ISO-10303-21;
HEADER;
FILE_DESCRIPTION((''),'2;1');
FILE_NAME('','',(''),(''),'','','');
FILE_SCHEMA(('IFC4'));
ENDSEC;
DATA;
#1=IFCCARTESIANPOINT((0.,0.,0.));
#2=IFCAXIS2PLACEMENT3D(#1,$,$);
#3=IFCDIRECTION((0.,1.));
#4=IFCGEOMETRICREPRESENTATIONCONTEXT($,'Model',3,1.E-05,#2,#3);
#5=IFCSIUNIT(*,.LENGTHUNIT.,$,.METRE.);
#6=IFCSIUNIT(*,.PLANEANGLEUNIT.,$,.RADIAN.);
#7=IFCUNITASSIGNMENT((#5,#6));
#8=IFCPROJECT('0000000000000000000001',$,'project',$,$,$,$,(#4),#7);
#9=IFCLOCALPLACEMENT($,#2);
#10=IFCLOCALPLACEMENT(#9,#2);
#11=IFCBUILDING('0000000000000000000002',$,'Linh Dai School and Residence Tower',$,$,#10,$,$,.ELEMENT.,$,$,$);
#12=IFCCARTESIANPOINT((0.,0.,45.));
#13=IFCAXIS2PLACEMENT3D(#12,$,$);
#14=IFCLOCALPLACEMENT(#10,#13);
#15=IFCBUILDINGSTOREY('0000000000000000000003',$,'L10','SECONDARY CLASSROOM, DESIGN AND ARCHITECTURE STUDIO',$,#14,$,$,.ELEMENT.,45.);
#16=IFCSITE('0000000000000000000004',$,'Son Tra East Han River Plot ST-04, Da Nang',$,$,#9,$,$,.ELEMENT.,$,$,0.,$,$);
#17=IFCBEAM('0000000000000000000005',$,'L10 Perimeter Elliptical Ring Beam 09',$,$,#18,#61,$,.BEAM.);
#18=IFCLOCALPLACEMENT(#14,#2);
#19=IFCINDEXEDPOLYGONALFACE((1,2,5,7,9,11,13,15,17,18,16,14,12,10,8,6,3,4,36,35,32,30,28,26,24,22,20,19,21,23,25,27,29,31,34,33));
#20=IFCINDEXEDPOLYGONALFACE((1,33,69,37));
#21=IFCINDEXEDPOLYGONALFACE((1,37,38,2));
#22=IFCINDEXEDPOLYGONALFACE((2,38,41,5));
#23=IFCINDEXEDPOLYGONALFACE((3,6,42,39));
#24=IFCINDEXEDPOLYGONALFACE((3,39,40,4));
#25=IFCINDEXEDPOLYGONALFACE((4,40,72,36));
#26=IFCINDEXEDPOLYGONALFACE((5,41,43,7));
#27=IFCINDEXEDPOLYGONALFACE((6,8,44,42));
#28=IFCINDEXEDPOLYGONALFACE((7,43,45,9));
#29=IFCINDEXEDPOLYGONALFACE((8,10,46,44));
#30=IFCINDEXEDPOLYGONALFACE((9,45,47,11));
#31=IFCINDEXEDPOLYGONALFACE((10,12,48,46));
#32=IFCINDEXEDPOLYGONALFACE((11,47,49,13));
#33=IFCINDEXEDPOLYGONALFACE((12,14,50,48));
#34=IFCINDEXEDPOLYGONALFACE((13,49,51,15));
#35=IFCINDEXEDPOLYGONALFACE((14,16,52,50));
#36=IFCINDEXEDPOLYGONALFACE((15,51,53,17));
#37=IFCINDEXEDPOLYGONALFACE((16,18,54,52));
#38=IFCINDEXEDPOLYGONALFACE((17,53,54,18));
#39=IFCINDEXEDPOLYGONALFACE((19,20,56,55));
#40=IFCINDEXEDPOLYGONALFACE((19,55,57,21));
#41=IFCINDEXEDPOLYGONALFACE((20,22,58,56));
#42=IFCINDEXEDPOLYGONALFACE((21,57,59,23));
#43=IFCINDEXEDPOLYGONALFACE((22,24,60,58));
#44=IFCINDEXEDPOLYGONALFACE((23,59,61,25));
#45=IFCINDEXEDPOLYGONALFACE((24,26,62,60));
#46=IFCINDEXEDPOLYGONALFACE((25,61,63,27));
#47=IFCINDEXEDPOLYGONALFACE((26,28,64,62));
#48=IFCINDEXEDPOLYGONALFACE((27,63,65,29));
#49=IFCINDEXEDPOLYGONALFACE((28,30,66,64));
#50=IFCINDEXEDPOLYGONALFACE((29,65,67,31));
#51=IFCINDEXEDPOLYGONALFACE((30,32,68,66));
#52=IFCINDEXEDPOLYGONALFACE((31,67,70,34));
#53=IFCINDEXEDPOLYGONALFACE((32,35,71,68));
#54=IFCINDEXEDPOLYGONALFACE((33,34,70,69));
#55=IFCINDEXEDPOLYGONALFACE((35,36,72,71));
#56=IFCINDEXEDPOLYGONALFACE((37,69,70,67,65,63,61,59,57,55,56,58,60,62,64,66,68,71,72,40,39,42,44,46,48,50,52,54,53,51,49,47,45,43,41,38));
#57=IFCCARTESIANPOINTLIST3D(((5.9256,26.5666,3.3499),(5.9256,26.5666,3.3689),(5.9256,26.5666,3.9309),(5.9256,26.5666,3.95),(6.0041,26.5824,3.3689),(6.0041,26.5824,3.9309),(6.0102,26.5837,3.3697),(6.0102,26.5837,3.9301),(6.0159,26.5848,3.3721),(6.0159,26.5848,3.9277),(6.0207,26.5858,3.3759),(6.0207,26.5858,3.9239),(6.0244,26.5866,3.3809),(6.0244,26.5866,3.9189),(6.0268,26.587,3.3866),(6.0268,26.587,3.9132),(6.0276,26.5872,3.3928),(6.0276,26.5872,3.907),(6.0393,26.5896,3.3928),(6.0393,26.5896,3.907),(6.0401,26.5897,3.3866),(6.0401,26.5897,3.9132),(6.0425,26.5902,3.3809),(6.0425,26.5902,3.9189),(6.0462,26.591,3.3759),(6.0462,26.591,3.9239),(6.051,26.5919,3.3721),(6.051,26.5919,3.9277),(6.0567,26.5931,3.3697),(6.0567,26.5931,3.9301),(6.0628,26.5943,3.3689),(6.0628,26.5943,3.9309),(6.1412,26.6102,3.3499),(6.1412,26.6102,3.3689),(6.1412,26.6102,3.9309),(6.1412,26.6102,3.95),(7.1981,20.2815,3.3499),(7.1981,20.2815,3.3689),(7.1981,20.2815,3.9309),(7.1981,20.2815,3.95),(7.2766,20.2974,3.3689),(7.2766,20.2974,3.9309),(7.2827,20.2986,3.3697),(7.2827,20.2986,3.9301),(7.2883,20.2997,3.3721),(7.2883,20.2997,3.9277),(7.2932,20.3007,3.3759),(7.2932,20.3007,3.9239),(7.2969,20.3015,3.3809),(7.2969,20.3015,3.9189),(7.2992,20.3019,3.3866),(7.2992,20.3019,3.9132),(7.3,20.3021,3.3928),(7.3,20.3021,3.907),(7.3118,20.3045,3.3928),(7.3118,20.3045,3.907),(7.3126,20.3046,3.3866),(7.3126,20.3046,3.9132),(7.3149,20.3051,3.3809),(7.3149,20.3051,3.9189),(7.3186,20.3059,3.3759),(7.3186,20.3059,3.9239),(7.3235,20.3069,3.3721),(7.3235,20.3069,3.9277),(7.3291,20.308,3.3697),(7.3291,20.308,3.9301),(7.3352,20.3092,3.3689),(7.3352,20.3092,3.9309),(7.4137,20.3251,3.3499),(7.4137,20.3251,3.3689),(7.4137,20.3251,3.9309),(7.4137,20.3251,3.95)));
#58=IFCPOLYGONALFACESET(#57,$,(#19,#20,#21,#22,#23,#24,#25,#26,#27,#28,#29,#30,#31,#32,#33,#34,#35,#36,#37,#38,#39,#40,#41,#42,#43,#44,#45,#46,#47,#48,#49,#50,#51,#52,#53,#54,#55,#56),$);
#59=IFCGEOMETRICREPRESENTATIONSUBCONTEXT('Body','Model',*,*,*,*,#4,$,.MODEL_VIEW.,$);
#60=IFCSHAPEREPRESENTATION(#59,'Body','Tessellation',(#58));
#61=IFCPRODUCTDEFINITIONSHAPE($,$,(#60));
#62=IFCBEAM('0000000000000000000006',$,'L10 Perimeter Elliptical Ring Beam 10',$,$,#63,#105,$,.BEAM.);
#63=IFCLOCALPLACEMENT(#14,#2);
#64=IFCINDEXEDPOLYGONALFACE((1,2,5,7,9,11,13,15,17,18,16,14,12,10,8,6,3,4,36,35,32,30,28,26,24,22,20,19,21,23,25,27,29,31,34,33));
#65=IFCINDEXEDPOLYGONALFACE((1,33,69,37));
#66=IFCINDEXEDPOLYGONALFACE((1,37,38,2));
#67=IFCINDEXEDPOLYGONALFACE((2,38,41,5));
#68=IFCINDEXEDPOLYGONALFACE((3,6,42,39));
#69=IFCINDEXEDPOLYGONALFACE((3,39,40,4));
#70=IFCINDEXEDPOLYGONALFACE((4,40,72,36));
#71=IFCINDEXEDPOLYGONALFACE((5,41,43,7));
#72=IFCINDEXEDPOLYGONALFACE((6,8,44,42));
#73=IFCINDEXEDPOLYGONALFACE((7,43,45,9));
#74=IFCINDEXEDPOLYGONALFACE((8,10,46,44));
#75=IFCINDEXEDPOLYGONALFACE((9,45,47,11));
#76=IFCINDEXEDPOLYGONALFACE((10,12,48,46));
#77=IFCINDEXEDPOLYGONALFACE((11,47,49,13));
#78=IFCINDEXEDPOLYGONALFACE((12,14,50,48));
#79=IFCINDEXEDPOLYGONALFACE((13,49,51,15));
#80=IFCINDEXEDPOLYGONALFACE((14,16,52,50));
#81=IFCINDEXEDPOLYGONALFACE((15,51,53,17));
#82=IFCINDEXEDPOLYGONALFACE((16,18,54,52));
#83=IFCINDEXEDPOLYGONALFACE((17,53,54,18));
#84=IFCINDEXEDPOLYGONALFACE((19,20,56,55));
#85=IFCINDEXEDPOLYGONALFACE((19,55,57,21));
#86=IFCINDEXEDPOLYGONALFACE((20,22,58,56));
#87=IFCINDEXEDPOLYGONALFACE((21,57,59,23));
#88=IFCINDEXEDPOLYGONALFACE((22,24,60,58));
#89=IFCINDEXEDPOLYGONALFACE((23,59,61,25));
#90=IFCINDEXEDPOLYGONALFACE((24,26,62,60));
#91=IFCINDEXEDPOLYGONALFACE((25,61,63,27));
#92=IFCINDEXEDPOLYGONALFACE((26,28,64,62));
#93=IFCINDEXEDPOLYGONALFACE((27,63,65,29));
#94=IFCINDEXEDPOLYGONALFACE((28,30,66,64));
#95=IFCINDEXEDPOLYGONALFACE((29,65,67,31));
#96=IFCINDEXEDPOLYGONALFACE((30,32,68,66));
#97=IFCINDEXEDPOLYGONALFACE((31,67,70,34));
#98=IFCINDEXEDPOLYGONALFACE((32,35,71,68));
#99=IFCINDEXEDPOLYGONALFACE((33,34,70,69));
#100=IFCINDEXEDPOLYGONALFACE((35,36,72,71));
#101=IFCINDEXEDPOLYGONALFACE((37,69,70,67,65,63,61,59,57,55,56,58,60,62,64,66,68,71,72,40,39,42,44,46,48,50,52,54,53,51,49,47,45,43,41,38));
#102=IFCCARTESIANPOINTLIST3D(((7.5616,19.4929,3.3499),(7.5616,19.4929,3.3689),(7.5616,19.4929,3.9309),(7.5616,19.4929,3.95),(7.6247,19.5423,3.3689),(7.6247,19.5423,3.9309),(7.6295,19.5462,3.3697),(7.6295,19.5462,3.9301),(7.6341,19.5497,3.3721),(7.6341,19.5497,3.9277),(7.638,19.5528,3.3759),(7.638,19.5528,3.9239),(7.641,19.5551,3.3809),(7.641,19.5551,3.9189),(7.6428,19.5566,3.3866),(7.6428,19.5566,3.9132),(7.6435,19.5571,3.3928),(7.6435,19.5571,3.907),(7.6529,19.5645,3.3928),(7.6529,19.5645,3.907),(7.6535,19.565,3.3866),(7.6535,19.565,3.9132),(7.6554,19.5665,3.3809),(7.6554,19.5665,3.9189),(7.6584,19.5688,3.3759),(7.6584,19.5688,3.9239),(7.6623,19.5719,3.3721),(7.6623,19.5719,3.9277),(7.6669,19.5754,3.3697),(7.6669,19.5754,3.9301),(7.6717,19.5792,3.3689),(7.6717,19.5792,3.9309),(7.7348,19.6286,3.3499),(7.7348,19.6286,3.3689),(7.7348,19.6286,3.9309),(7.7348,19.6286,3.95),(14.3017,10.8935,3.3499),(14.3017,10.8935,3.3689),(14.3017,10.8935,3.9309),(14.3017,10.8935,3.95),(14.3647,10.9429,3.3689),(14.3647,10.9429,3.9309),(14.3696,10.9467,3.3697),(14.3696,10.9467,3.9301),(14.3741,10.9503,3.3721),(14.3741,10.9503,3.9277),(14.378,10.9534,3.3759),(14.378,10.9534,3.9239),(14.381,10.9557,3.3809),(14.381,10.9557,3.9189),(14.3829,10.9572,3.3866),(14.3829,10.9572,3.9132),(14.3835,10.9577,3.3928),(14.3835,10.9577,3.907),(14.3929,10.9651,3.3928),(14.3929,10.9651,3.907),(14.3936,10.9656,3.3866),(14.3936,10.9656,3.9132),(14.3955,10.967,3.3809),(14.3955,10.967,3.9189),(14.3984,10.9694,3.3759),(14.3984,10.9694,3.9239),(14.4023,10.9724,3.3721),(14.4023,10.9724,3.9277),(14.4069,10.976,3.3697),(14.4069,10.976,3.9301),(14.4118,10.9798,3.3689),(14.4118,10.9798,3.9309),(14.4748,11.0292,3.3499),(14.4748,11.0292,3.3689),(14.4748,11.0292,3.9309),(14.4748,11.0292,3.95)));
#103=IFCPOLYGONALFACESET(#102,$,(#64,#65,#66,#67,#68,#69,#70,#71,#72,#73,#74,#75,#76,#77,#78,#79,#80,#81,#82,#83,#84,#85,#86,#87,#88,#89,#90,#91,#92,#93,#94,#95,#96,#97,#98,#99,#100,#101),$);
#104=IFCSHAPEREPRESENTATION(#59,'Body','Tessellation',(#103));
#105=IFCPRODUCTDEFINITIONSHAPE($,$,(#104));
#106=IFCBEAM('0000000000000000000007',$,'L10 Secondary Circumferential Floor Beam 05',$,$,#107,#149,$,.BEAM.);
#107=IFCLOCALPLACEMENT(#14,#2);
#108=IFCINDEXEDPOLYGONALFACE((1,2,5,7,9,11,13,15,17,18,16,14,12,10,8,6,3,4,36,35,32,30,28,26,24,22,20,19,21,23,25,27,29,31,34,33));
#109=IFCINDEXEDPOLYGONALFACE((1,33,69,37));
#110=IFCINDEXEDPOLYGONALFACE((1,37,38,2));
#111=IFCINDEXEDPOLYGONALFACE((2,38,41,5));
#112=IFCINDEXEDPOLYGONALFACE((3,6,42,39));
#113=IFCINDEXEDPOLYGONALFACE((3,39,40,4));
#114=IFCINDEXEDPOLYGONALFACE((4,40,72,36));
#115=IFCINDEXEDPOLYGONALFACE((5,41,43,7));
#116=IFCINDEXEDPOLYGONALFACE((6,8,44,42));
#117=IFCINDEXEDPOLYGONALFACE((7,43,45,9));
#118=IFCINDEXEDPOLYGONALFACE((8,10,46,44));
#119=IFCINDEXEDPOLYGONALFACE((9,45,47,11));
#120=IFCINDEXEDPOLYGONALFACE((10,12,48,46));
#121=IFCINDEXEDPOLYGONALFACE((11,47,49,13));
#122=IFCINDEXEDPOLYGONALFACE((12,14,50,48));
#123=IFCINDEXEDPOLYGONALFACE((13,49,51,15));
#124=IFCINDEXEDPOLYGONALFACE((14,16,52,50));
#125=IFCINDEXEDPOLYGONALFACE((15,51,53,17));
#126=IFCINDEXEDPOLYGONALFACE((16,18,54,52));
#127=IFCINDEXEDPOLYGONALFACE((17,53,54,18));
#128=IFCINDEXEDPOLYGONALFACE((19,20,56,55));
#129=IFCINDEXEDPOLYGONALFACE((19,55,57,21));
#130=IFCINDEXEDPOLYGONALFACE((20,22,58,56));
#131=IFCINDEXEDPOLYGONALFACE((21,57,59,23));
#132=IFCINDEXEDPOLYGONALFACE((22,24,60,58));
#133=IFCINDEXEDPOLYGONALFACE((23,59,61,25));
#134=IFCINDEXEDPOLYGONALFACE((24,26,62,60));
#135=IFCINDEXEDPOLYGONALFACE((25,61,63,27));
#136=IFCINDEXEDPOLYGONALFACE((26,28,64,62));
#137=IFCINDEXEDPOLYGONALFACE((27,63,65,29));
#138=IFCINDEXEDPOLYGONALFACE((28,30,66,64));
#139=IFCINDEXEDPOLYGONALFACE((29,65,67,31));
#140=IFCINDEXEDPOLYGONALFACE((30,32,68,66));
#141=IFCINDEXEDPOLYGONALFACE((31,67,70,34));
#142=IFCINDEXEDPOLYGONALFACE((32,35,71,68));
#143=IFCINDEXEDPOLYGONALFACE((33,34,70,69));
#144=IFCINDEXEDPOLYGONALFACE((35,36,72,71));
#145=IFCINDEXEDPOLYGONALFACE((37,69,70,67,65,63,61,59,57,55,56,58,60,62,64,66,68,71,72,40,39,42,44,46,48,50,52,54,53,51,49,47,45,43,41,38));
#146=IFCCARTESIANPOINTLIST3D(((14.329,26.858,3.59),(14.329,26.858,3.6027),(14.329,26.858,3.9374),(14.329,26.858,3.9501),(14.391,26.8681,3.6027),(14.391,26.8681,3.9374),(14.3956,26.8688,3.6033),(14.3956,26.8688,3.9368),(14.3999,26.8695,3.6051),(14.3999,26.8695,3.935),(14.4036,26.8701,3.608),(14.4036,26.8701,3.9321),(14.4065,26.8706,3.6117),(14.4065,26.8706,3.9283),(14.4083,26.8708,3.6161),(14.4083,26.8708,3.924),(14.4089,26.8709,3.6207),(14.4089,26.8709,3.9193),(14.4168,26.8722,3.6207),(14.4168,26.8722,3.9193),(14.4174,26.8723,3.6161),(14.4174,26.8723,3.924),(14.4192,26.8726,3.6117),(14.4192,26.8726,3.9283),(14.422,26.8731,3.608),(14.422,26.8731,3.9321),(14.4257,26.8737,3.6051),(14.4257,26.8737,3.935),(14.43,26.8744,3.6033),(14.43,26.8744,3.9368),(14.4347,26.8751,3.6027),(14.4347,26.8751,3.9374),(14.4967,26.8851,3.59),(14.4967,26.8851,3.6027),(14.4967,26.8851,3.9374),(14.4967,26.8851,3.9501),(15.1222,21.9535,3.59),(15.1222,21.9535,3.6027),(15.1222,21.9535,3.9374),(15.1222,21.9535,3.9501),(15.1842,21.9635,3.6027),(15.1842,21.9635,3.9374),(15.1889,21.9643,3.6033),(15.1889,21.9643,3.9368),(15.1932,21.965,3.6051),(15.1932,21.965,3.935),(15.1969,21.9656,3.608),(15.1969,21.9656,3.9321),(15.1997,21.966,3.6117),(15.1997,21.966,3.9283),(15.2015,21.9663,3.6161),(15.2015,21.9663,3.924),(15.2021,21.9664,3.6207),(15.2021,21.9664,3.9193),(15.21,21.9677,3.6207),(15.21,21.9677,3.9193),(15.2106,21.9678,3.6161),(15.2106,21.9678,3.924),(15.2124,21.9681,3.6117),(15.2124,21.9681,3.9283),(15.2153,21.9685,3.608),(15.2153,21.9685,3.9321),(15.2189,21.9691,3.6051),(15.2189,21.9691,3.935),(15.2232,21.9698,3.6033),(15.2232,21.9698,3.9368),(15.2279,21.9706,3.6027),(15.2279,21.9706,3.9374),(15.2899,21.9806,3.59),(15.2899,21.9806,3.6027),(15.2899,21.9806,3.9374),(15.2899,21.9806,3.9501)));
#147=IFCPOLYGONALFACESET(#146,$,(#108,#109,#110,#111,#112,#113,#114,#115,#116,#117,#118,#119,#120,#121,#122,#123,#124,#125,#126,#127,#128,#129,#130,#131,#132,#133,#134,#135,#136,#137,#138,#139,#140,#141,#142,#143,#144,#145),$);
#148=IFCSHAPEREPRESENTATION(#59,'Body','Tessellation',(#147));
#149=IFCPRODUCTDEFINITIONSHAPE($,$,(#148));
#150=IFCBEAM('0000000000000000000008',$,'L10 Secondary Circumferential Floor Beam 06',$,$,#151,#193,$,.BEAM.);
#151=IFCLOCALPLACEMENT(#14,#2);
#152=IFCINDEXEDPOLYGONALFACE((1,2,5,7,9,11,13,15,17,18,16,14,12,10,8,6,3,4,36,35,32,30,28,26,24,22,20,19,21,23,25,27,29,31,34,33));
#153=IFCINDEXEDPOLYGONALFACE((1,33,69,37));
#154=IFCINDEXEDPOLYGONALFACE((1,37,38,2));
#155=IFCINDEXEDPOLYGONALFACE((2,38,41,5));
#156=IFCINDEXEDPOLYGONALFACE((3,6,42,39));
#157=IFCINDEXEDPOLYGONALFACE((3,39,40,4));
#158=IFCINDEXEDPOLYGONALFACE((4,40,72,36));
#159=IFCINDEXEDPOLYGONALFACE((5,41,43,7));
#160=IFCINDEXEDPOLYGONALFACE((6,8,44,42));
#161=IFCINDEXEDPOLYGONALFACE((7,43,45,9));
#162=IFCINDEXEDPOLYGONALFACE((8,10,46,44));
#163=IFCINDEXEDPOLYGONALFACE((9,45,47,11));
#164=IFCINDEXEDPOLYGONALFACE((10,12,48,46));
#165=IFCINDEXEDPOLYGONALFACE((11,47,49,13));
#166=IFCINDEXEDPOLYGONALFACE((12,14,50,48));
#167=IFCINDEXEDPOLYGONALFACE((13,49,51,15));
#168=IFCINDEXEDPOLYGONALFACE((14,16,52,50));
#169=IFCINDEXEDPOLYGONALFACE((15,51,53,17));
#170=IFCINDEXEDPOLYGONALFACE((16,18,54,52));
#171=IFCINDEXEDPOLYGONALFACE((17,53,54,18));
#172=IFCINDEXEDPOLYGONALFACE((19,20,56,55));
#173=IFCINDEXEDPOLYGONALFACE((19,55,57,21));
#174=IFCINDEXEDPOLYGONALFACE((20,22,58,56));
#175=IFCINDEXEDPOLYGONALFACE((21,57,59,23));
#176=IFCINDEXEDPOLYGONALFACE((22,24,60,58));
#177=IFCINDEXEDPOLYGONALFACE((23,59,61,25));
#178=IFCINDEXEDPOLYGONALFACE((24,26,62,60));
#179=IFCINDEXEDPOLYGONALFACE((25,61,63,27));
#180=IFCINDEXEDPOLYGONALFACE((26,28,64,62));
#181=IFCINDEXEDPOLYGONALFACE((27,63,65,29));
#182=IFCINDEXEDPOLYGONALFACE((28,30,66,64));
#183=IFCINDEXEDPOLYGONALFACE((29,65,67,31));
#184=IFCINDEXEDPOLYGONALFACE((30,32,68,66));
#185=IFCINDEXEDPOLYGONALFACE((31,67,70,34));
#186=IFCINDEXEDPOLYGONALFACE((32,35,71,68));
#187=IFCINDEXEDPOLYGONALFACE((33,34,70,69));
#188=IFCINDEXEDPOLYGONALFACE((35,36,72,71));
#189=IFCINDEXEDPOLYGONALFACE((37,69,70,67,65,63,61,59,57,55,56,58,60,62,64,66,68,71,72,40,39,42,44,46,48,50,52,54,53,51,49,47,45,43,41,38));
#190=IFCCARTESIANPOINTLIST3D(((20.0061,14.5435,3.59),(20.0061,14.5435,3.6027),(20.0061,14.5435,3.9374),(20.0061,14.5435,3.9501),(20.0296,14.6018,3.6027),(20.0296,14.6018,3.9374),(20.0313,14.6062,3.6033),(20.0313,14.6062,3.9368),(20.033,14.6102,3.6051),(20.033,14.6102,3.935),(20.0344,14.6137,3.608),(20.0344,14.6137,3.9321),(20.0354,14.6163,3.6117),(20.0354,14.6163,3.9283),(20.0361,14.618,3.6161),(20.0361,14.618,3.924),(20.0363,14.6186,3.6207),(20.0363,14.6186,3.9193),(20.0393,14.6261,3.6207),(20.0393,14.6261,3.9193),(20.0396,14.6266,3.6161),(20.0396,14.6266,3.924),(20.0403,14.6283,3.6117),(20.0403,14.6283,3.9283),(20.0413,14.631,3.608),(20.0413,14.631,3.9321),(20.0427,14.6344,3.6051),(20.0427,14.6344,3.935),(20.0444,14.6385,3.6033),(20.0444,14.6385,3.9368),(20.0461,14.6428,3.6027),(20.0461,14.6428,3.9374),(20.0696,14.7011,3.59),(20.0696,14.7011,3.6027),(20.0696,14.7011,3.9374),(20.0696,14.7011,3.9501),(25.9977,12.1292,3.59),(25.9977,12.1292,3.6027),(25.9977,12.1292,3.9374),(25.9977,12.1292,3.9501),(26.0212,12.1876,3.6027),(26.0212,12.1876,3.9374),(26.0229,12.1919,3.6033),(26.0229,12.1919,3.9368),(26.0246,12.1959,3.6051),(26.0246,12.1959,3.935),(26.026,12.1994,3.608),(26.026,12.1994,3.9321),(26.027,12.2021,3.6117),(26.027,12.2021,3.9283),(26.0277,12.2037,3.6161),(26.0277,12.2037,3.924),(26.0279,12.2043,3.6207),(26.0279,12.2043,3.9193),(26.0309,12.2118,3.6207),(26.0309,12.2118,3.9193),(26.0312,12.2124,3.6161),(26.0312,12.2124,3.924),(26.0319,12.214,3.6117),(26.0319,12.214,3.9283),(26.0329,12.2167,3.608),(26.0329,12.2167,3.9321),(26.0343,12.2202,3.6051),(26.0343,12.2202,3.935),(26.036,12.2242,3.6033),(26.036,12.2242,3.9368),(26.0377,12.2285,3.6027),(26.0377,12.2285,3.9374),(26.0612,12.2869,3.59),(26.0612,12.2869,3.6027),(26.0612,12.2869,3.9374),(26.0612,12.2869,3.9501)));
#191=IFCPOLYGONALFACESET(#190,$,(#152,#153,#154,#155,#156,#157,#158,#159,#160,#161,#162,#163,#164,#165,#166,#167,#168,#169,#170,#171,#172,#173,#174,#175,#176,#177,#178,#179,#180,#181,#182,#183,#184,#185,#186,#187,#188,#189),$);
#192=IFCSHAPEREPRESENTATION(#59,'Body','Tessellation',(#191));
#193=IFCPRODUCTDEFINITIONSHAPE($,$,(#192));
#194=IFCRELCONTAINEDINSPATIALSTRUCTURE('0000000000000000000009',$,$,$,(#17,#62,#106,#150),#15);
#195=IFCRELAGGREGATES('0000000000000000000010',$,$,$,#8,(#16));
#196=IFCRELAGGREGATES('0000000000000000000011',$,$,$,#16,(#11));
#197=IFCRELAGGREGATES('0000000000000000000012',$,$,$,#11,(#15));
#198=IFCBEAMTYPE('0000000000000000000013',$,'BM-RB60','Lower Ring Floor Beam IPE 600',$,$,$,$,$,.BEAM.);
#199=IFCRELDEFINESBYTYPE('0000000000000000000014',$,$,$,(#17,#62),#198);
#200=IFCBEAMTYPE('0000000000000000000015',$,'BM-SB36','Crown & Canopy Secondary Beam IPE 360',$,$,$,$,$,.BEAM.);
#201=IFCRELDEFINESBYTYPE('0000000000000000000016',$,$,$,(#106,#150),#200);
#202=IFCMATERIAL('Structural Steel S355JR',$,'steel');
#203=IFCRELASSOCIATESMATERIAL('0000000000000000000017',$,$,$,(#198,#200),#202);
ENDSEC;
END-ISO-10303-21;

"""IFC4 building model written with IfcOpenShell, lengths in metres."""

from ifc_helpers import new_model, si_unit, direction, frame, origin, origin_2d, place, context, subcontext, project, spatial, i_section, extrude, material, material_profile, profile_set, type_object, element, save


model = new_model("IFC4")

# Units and contexts
model_context = context("Model", 3, precision=1e-05, world=origin(), true_north=direction((0.0, 1.0)))
body_context = subcontext(model_context, "Body", "Model", "MODEL_VIEW")
ifc_project = project(units=[si_unit("LENGTHUNIT", "METRE"), si_unit("PLANEANGLEUNIT", "RADIAN")], contexts=[model_context])

# Site, building, storey
site_placement = place(None, origin())
site = spatial("IfcSite", under=ifc_project, at=site_placement, Name="Son Tra East Han River Plot ST-04, Da Nang", CompositionType="ELEMENT", RefElevation=0.0)
building_placement = place(site_placement, origin())
building = spatial("IfcBuilding", under=site, at=building_placement, Name="Linh Dai School and Residence Tower", CompositionType="ELEMENT")
storey_placement = place(building_placement, frame((0.0, 0.0, 45.0)))
storey = spatial("IfcBuildingStorey", under=building, at=storey_placement, Name="L10", Description="SECONDARY CLASSROOM, DESIGN AND ARCHITECTURE STUDIO", CompositionType="ELEMENT", Elevation=45.0)

# Shared definitions
ifc_material_1 = material(Name="Structural Steel S355JR", Category="steel")

# Beams
ifc_material_profile_1 = material_profile(ifc_material_1, i_section(OverallWidth=0.22, OverallDepth=0.6001, WebThickness=0.012, FlangeThickness=0.019, FilletRadius=0.0239, at=origin_2d()), Name="IPE 600")
ifc_profile_set_1 = profile_set([ifc_material_profile_1], Name="Structural Steel S355JR")
beam_type_1 = type_object("IfcBeamType", Name="BM-RB60", Description="Lower Ring Floor Beam IPE 600", PredefinedType="BEAM", material=ifc_profile_set_1)
beam_1_placement = place(storey_placement, frame((6.0334, 26.5884, 3.6499), z_axis=(0.198429, -0.980115, 0.0), x_axis=(0.980115, 0.198429, 0.0)))
element("IfcBeam", 1, at=beam_1_placement, inside=storey, type_object=beam_type_1, Name="L10 Perimeter Elliptical Ring Beam 09", PredefinedType="BEAM", context=body_context, shape_type="SweptSolid", body=[
    extrude(i_section(OverallWidth=0.22, OverallDepth=0.6001, WebThickness=0.012, FlangeThickness=0.019, FilletRadius=0.0239, at=origin_2d()), origin(), (0.0, 0.0, 1.0), 6.4126),
])
beam_2_placement = place(storey_placement, frame((7.6482, 19.5608, 3.6499), z_axis=(0.616879, -0.787058, 0.0), x_axis=(0.787058, 0.616879, 0.0)))
element("IfcBeam", 2, at=beam_2_placement, inside=storey, type_object=beam_type_1, Name="L10 Perimeter Elliptical Ring Beam 10", PredefinedType="BEAM", context=body_context, shape_type="SweptSolid", body=[
    extrude(i_section(OverallWidth=0.22, OverallDepth=0.6001, WebThickness=0.012, FlangeThickness=0.019, FilletRadius=0.0239, at=origin_2d()), origin(), (0.0, 0.0, 1.0), 10.926),
])
ifc_material_profile_2 = material_profile(ifc_material_1, i_section(OverallWidth=0.1699, OverallDepth=0.3601, WebThickness=0.0081, FlangeThickness=0.0127, FilletRadius=0.0181, at=origin_2d()), Name="IPE 360")
ifc_profile_set_2 = profile_set([ifc_material_profile_2], Name="Structural Steel S355JR")
beam_type_2 = type_object("IfcBeamType", Name="BM-SB36", Description="Crown & Canopy Secondary Beam IPE 360", PredefinedType="BEAM", material=ifc_profile_set_2)
beam_3_placement = place(storey_placement, frame((14.4128, 26.8716, 3.77), z_axis=(0.159656, -0.987173, 0.0), x_axis=(0.987173, 0.159656, 0.0)))
element("IfcBeam", 3, at=beam_3_placement, inside=storey, type_object=beam_type_2, Name="L10 Secondary Circumferential Floor Beam 05", PredefinedType="BEAM", context=body_context, shape_type="SweptSolid", body=[
    extrude(i_section(OverallWidth=0.1699, OverallDepth=0.3601, WebThickness=0.0081, FlangeThickness=0.0127, FilletRadius=0.0181, at=origin_2d()), origin(), (0.0, 0.0, 1.0), 4.9683),
])
beam_4_placement = place(storey_placement, frame((20.0378, 14.6223, 3.77), z_axis=(0.927533, -0.373742, 0.0), x_axis=(0.373742, 0.927533, 0.0)))
element("IfcBeam", 4, at=beam_4_placement, inside=storey, type_object=beam_type_2, Name="L10 Secondary Circumferential Floor Beam 06", PredefinedType="BEAM", context=body_context, shape_type="SweptSolid", body=[
    extrude(i_section(OverallWidth=0.1699, OverallDepth=0.3601, WebThickness=0.0081, FlangeThickness=0.0127, FilletRadius=0.0181, at=origin_2d()), origin(), (0.0, 0.0, 1.0), 6.4597),
])

save(model, "model.ifc")
